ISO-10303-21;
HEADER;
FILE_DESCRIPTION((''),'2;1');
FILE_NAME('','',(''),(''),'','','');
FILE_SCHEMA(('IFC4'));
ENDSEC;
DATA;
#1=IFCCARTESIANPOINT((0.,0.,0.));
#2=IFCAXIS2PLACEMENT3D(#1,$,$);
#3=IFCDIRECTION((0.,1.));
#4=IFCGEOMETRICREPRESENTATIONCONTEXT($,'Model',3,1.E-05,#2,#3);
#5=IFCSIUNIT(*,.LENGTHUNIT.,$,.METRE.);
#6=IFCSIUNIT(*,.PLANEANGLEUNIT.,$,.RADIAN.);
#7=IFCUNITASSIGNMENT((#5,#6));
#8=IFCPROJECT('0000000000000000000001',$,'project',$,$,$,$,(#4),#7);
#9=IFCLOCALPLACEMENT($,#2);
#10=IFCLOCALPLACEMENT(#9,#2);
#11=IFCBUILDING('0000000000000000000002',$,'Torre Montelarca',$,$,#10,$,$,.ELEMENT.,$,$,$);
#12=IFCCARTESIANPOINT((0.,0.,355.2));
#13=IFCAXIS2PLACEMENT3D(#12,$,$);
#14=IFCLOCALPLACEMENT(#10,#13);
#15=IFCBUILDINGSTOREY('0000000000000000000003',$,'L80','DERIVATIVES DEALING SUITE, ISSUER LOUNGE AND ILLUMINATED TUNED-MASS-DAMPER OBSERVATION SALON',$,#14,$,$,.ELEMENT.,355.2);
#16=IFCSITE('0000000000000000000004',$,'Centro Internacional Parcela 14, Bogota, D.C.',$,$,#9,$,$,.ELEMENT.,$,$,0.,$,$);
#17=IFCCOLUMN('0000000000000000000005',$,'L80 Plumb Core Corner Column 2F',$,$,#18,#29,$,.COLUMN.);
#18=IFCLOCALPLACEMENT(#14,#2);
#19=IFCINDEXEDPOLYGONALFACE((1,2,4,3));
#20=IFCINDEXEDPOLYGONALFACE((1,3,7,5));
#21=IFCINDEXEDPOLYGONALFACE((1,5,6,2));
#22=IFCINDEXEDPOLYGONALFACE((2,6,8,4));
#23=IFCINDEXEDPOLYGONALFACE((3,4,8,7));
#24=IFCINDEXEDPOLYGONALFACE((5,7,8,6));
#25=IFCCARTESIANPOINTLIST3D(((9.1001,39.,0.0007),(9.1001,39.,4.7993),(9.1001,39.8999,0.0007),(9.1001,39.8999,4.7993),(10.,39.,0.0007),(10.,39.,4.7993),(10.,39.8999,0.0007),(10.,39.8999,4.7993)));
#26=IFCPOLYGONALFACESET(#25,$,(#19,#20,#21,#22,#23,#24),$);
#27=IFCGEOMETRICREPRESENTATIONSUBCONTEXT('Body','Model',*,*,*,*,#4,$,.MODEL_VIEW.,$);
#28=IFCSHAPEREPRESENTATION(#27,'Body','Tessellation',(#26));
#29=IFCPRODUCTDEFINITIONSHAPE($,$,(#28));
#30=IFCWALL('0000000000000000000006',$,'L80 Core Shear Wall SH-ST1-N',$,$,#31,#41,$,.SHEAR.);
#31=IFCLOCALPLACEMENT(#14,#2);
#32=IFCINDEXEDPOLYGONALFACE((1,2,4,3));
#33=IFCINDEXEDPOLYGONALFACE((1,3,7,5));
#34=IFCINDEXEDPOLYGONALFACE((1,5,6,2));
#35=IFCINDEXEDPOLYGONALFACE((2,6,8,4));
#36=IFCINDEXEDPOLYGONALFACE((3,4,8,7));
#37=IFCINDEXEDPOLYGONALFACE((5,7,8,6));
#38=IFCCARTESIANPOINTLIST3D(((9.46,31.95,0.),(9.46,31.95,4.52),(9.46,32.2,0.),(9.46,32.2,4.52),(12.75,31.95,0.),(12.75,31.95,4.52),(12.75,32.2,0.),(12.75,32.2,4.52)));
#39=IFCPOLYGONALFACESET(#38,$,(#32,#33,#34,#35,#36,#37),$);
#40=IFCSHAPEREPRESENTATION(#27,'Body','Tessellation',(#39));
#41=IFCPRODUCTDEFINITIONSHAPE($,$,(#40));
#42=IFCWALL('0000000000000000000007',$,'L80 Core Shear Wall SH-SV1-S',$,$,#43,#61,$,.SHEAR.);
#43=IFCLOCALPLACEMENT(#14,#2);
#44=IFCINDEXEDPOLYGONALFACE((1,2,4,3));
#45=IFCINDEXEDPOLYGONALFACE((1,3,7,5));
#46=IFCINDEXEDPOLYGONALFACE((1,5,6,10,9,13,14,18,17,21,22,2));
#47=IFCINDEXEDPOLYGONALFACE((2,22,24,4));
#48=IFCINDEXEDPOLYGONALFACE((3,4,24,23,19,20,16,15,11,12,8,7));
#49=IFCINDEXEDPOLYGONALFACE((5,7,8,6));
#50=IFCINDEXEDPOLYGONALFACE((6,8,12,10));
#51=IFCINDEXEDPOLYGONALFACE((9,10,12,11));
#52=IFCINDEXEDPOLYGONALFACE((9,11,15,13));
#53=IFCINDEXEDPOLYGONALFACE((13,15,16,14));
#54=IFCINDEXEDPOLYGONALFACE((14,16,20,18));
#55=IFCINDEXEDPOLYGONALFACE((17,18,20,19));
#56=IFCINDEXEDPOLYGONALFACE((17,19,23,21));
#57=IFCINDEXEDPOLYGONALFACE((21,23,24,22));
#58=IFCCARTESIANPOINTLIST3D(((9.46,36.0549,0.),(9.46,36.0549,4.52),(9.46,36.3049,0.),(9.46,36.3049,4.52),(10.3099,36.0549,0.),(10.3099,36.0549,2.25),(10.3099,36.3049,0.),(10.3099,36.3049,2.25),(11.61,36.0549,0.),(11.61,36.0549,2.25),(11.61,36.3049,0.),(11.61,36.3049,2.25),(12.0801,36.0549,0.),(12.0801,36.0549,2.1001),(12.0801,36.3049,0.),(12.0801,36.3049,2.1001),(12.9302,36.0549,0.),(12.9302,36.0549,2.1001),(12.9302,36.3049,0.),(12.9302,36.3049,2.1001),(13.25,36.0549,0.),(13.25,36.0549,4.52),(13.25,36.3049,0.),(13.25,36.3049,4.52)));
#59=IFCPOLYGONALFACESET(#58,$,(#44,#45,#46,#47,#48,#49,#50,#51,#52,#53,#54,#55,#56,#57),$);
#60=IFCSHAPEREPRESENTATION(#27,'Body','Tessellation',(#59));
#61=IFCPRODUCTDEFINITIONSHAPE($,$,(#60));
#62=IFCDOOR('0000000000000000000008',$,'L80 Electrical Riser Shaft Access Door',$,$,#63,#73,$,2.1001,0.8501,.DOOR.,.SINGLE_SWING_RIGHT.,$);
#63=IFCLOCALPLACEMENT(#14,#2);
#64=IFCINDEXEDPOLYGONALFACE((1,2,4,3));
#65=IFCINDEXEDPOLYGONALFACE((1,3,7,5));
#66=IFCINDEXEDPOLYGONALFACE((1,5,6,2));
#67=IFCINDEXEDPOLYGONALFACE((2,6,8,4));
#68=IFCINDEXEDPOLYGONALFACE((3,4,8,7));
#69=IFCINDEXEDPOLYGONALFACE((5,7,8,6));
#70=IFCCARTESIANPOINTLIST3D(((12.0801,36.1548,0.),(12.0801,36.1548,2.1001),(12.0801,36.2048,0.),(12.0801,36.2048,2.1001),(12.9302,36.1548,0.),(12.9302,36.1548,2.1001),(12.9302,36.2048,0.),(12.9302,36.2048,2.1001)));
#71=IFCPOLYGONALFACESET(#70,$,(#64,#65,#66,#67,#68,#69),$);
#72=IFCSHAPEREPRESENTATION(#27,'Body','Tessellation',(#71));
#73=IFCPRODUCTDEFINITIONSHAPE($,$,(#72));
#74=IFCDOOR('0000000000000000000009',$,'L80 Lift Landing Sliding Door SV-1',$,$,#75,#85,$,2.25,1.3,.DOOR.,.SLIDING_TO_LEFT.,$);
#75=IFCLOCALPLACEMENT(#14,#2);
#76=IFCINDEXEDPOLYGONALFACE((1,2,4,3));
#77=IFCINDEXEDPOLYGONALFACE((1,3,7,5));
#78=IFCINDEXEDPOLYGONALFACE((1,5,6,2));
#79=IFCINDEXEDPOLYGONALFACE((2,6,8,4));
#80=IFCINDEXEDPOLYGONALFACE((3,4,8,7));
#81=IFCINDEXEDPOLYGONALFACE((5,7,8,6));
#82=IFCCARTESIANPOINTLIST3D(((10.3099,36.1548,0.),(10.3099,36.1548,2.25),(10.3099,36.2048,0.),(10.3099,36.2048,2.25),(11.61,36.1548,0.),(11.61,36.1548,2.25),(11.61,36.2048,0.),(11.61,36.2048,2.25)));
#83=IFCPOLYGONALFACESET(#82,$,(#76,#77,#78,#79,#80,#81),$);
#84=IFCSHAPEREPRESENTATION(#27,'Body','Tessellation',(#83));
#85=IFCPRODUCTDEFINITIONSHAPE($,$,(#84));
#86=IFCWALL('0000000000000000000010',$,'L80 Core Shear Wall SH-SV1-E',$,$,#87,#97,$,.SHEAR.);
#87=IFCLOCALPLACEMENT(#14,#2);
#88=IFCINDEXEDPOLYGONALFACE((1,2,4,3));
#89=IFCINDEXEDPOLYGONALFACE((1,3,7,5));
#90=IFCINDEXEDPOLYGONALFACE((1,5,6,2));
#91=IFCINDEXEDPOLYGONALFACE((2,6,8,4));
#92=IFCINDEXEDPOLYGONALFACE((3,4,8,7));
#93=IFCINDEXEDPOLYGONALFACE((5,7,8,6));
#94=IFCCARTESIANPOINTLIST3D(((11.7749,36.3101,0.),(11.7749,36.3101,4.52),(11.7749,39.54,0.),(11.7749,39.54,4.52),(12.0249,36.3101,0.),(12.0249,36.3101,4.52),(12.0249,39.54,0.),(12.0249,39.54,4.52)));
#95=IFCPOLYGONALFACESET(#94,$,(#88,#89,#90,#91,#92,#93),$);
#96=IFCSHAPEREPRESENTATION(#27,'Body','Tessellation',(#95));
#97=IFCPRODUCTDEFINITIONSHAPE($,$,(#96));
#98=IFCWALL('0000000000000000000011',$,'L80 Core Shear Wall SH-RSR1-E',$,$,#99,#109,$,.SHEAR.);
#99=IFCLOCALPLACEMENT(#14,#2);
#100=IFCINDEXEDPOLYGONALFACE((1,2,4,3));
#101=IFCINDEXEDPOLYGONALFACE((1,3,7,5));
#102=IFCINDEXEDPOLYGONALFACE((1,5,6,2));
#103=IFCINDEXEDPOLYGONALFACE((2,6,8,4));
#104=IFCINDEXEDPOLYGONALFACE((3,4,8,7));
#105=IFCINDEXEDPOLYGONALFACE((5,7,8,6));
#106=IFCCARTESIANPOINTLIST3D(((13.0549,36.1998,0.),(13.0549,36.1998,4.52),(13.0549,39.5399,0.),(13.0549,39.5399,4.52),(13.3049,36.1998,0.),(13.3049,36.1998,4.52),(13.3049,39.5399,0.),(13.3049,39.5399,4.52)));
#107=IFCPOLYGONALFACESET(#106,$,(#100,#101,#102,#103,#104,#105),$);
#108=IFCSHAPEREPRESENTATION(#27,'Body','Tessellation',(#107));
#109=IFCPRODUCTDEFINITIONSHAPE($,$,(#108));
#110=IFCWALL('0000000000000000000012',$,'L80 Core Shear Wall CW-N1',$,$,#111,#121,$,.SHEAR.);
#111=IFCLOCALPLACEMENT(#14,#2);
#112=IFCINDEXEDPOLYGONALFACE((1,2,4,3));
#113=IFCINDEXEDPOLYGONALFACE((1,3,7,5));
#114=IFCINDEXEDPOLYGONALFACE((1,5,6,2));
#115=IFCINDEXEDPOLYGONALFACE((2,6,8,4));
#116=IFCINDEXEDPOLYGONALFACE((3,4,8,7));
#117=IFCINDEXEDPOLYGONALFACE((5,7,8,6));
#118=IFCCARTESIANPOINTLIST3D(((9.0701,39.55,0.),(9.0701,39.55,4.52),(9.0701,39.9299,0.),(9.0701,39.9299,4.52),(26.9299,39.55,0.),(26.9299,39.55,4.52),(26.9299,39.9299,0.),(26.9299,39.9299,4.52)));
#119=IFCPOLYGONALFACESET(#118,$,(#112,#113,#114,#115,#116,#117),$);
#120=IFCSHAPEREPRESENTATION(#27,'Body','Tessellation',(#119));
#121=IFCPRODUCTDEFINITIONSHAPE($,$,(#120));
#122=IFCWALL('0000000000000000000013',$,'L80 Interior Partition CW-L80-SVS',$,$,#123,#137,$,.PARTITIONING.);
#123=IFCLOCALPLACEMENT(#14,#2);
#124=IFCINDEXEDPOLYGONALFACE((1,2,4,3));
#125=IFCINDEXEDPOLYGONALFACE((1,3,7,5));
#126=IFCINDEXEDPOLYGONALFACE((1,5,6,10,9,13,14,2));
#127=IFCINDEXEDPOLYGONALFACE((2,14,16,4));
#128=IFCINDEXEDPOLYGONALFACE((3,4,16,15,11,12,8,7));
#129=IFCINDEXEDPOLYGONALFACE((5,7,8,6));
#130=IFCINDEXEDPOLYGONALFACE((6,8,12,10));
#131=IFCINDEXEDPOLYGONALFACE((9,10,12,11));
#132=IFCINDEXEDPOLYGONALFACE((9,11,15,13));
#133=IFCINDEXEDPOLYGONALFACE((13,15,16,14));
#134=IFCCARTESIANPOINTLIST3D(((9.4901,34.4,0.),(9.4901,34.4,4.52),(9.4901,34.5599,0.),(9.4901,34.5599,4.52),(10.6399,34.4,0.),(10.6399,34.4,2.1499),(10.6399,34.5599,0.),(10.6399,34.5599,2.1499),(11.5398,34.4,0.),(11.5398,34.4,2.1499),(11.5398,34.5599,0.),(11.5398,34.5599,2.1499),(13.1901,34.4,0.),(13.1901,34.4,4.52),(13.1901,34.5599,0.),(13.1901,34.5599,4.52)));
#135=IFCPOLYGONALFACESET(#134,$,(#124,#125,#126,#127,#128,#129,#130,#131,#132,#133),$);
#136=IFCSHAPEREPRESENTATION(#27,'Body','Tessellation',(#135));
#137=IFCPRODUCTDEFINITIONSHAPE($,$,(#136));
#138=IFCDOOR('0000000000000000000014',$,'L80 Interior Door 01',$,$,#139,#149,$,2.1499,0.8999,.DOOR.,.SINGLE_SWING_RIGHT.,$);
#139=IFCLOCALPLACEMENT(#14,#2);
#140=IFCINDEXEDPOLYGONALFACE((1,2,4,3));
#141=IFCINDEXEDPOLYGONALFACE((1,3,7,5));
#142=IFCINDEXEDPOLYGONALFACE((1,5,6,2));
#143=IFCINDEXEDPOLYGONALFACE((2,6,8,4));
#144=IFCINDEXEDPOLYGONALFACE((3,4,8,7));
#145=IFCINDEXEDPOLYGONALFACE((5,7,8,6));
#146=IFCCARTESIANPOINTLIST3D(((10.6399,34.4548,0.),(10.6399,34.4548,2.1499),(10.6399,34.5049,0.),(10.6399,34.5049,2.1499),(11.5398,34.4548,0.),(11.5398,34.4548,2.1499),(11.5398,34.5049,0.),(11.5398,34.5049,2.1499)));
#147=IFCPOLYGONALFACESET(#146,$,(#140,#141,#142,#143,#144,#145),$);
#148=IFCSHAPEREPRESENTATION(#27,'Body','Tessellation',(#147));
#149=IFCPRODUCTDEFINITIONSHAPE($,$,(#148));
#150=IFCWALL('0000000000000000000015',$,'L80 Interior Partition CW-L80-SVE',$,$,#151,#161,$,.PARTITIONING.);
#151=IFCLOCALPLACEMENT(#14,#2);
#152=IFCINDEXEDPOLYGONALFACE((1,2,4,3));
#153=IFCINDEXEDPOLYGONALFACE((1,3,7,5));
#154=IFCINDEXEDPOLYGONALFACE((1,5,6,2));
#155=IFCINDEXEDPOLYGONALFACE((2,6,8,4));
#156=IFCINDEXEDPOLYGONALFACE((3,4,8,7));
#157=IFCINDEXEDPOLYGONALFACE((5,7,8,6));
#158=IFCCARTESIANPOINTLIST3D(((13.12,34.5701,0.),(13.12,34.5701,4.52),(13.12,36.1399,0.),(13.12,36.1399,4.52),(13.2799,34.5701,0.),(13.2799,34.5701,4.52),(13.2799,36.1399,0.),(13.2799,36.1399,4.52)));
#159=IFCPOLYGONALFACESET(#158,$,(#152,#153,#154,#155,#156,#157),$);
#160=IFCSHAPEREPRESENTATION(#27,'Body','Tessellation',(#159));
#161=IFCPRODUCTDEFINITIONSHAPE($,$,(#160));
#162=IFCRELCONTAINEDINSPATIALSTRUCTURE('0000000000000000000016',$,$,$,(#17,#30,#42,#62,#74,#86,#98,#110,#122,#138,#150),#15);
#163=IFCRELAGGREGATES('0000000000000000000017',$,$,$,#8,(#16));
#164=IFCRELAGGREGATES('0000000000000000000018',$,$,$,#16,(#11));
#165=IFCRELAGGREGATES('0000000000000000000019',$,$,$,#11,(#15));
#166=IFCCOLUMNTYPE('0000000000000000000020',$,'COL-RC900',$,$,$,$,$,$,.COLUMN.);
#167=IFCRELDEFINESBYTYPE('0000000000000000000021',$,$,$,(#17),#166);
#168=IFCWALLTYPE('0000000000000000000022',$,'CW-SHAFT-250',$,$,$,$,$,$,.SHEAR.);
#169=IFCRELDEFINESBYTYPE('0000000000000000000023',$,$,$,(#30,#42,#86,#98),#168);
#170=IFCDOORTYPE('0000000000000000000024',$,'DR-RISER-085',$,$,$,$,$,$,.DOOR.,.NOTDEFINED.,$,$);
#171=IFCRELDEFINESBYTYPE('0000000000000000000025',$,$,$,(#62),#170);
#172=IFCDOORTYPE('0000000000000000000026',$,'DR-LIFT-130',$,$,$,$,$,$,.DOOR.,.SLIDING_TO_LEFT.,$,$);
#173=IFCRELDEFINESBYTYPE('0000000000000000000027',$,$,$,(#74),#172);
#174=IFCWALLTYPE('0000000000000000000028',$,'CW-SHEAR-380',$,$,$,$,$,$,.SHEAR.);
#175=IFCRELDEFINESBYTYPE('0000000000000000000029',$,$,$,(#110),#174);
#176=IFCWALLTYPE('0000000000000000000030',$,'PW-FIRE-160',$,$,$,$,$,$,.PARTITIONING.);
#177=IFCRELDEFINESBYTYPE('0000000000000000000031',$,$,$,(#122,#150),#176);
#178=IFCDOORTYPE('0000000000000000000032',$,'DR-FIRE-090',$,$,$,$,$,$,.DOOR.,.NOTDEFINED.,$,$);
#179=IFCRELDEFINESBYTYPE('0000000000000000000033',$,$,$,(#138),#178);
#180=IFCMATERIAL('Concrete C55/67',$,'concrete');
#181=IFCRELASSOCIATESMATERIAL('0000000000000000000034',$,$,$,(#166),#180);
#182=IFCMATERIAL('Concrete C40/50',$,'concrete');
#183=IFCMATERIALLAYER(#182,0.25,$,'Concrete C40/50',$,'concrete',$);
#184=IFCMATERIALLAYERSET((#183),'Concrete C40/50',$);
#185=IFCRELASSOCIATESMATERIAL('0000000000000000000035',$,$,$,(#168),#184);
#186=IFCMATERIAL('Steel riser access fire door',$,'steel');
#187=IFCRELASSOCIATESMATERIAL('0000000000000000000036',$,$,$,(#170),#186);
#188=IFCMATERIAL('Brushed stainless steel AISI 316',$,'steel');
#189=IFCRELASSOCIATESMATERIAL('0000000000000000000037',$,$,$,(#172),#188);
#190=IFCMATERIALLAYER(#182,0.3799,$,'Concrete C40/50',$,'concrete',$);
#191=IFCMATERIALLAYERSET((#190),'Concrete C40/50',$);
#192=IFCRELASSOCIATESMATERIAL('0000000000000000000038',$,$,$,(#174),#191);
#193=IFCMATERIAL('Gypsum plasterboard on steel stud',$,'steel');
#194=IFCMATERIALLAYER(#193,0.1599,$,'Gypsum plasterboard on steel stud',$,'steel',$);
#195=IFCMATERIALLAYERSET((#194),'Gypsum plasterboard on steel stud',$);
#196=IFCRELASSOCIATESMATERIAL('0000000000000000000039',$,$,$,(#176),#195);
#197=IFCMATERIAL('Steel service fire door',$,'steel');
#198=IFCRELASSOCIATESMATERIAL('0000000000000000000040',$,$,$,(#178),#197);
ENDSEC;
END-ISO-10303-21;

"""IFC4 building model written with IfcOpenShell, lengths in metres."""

from ifc_helpers import new_model, si_unit, direction, frame, frame_2d, origin, origin_2d, place, context, subcontext, project, spatial, rectangle, extrude, source, transform, mapped, material, layer, layer_set, material_profile, profile_set, type_object, element, fill, save


model = new_model("IFC4")

# Units and contexts
model_context = context("Model", 3, precision=1e-05, world=origin(), true_north=direction((0.0, 1.0)))
body_context = subcontext(model_context, "Body", "Model", "MODEL_VIEW")
ifc_project = project(units=[si_unit("LENGTHUNIT", "METRE"), si_unit("PLANEANGLEUNIT", "RADIAN")], contexts=[model_context])

# Site, building, storey
site_placement = place(None, origin())
site = spatial("IfcSite", under=ifc_project, at=site_placement, Name="Centro Internacional Parcela 14, Bogota, D.C.", CompositionType="ELEMENT", RefElevation=0.0)
building_placement = place(site_placement, origin())
building = spatial("IfcBuilding", under=site, at=building_placement, Name="Torre Montelarca", CompositionType="ELEMENT")
storey_placement = place(building_placement, frame((0.0, 0.0, 355.2)))
storey = spatial("IfcBuildingStorey", under=building, at=storey_placement, Name="L80", Description="DERIVATIVES DEALING SUITE, ISSUER LOUNGE AND ILLUMINATED TUNED-MASS-DAMPER OBSERVATION SALON", CompositionType="ELEMENT", Elevation=355.2)

# Column
ifc_material_1 = material(Name="Concrete C55/67", Category="concrete")
ifc_material_profile = material_profile(ifc_material_1, rectangle(XDim=0.8999, YDim=0.8999, at=origin_2d()), Name="RC900X900", Category="concrete")
ifc_profile_set = profile_set([ifc_material_profile], Name="Concrete C55/67")
column_type = type_object("IfcColumnType", Name="COL-RC900", PredefinedType="COLUMN", material=ifc_profile_set)
shared_shape_1 = source(origin(), body_context, "Body", "SweptSolid", [
    extrude(rectangle(XDim=0.8999, YDim=0.8999, at=origin_2d()), origin(), (0.0, 0.0, 1.0), 4.7986),
])
column_placement = place(storey_placement, frame((9.55, 39.45, 0.0007), z_axis=(0.0, 0.0, 1.0), x_axis=(1.0, 0.0, 0.0)))
element("IfcColumn", 1, at=column_placement, inside=storey, type_object=column_type, Name="L80 Plumb Core Corner Column 2F", PredefinedType="COLUMN", context=body_context, shape_type="MappedRepresentation", body=[
    mapped(shared_shape_1, transform((0.0, 0.0, 0.0), scale=1.0)),
])

# Wall
ifc_material_2 = material(Name="Concrete C40/50", Category="concrete")
ifc_layer_1 = layer(ifc_material_2, 0.25, Name="Concrete C40/50", Category="concrete")
ifc_layer_set_1 = layer_set([ifc_layer_1], Name="Concrete C40/50")
wall_type_1 = type_object("IfcWallType", Name="CW-SHAFT-250", PredefinedType="SHEAR", material=ifc_layer_set_1)
wall_1_placement = place(storey_placement, frame((9.46, 32.075, 0.0), z_axis=(0.0, 0.0, 1.0), x_axis=(1.0, 0.0, 0.0)))
element("IfcWall", 2, at=wall_1_placement, inside=storey, type_object=wall_type_1, Name="L80 Core Shear Wall SH-ST1-N", PredefinedType="SHEAR", context=body_context, shape_type="SweptSolid", body=[
    extrude(rectangle(XDim=3.29, YDim=0.25, at=frame_2d((1.645, 0.0))), origin(), (0.0, 0.0, 1.0), 4.52),
])

# Wall, openings, doors
wall_2_placement = place(storey_placement, frame((9.46, 36.1799, 0.0), z_axis=(0.0, 0.0, 1.0), x_axis=(1.0, 0.0, 0.0)))
wall_2 = element("IfcWall", 3, at=wall_2_placement, inside=storey, type_object=wall_type_1, Name="L80 Core Shear Wall SH-SV1-S", PredefinedType="SHEAR", context=body_context, shape_type="SweptSolid", body=[
    extrude(rectangle(XDim=3.79, YDim=0.25, at=frame_2d((1.895, 0.0))), origin(), (0.0, 0.0, 1.0), 4.52),
])
opening_1_placement = place(wall_2_placement, frame((2.6201, 0.0, 0.0)))
opening_1 = element("IfcOpeningElement", 4, at=opening_1_placement, cuts=wall_2, PredefinedType="OPENING", context=body_context, shape_type="SweptSolid", body=[
    extrude(rectangle(XDim=0.8501, YDim=2.1001, at=frame_2d((0.425, 1.05))), frame((0.0, 0.135, 0.0), z_axis=(0.0, -1.0, 0.0), x_axis=(1.0, 0.0, 0.0)), (0.0, 0.0, 1.0), 0.27),
])
opening_2_placement = place(wall_2_placement, frame((0.8501, 0.0, 0.0)))
opening_2 = element("IfcOpeningElement", 5, at=opening_2_placement, cuts=wall_2, PredefinedType="OPENING", context=body_context, shape_type="SweptSolid", body=[
    extrude(rectangle(XDim=1.3, YDim=2.25, at=frame_2d((0.6499, 1.125))), frame((0.0, 0.135, 0.0), z_axis=(0.0, -1.0, 0.0), x_axis=(1.0, 0.0, 0.0)), (0.0, 0.0, 1.0), 0.27),
])
ifc_material_3 = material(Name="Steel riser access fire door", Category="steel")
door_type_1 = type_object("IfcDoorType", Name="DR-RISER-085", OperationType="NOTDEFINED", PredefinedType="DOOR", material=ifc_material_3)
shared_shape_2 = source(origin(), body_context, "Body", "SweptSolid", [
    extrude(rectangle(XDim=0.8501, YDim=2.1001, at=frame_2d((0.425, 1.05))), frame((0.0, 0.0249, 0.0), z_axis=(0.0, -1.0, 0.0), x_axis=(1.0, 0.0, 0.0)), (0.0, 0.0, 1.0), 0.05),
])
door_1_placement = place(opening_1_placement, origin())
door_1 = element("IfcDoor", 6, at=door_1_placement, inside=storey, type_object=door_type_1, Name="L80 Electrical Riser Shaft Access Door", OperationType="SINGLE_SWING_RIGHT", OverallHeight=2.1001, OverallWidth=0.8501, PredefinedType="DOOR", context=body_context, shape_type="MappedRepresentation", body=[
    mapped(shared_shape_2, transform((0.0, 0.0, 0.0), scale=1.0)),
])
fill(opening_1, door_1)
ifc_material_4 = material(Name="Brushed stainless steel AISI 316", Category="steel")
door_type_2 = type_object("IfcDoorType", Name="DR-LIFT-130", OperationType="SLIDING_TO_LEFT", PredefinedType="DOOR", material=ifc_material_4)
shared_shape_3 = source(origin(), body_context, "Body", "SweptSolid", [
    extrude(rectangle(XDim=1.3, YDim=2.25, at=frame_2d((0.6499, 1.125))), frame((0.0, 0.0249, 0.0), z_axis=(0.0, -1.0, 0.0), x_axis=(1.0, 0.0, 0.0)), (0.0, 0.0, 1.0), 0.05),
])
door_2_placement = place(opening_2_placement, origin())
door_2 = element("IfcDoor", 7, at=door_2_placement, inside=storey, type_object=door_type_2, Name="L80 Lift Landing Sliding Door SV-1", OperationType="SLIDING_TO_LEFT", OverallHeight=2.25, OverallWidth=1.3, PredefinedType="DOOR", context=body_context, shape_type="MappedRepresentation", body=[
    mapped(shared_shape_3, transform((0.0, 0.0, 0.0), scale=1.0)),
])
fill(opening_2, door_2)

# Walls
wall_3_placement = place(storey_placement, frame((11.8999, 36.3101, 0.0), z_axis=(0.0, 0.0, 1.0), x_axis=(0.0, 1.0, 0.0)))
element("IfcWall", 8, at=wall_3_placement, inside=storey, type_object=wall_type_1, Name="L80 Core Shear Wall SH-SV1-E", PredefinedType="SHEAR", context=body_context, shape_type="SweptSolid", body=[
    extrude(rectangle(XDim=3.23, YDim=0.25, at=frame_2d((1.615, 0.0))), origin(), (0.0, 0.0, 1.0), 4.52),
])
wall_4_placement = place(storey_placement, frame((13.1799, 36.2, 0.0), z_axis=(0.0, 0.0, 1.0), x_axis=(0.0, 1.0, 0.0)))
element("IfcWall", 9, at=wall_4_placement, inside=storey, type_object=wall_type_1, Name="L80 Core Shear Wall SH-RSR1-E", PredefinedType="SHEAR", context=body_context, shape_type="SweptSolid", body=[
    extrude(rectangle(XDim=3.3401, YDim=0.25, at=frame_2d((1.6699, 0.0))), origin(), (0.0, 0.0, 1.0), 4.52),
])
ifc_layer_2 = layer(ifc_material_2, 0.3799, Name="Concrete C40/50", Category="concrete")
ifc_layer_set_2 = layer_set([ifc_layer_2], Name="Concrete C40/50")
wall_type_2 = type_object("IfcWallType", Name="CW-SHEAR-380", PredefinedType="SHEAR", material=ifc_layer_set_2)
wall_5_placement = place(storey_placement, frame((9.0701, 39.74, 0.0), z_axis=(0.0, 0.0, 1.0), x_axis=(1.0, 0.0, 0.0)))
element("IfcWall", 10, at=wall_5_placement, inside=storey, type_object=wall_type_2, Name="L80 Core Shear Wall CW-N1", PredefinedType="SHEAR", context=body_context, shape_type="SweptSolid", body=[
    extrude(rectangle(XDim=17.8599, YDim=0.3799, at=frame_2d((8.9299, 0.0))), origin(), (0.0, 0.0, 1.0), 4.52),
])

# Wall, opening, door
ifc_material_5 = material(Name="Gypsum plasterboard on steel stud", Category="steel")
ifc_layer_3 = layer(ifc_material_5, 0.1599, Name="Gypsum plasterboard on steel stud", Category="steel")
ifc_layer_set_3 = layer_set([ifc_layer_3], Name="Gypsum plasterboard on steel stud")
wall_type_3 = type_object("IfcWallType", Name="PW-FIRE-160", PredefinedType="PARTITIONING", material=ifc_layer_set_3)
wall_6_placement = place(storey_placement, frame((9.49, 34.48, 0.0), z_axis=(0.0, 0.0, 1.0), x_axis=(1.0, 0.0, 0.0)))
wall_6 = element("IfcWall", 11, at=wall_6_placement, inside=storey, type_object=wall_type_3, Name="L80 Interior Partition CW-L80-SVS", PredefinedType="PARTITIONING", context=body_context, shape_type="SweptSolid", body=[
    extrude(rectangle(XDim=3.7, YDim=0.1599, at=frame_2d((1.8501, 0.0))), origin(), (0.0, 0.0, 1.0), 4.52),
])
opening_3_placement = place(wall_6_placement, frame((1.1499, 0.0, 0.0)))
opening_3 = element("IfcOpeningElement", 12, at=opening_3_placement, cuts=wall_6, PredefinedType="OPENING", context=body_context, shape_type="SweptSolid", body=[
    extrude(rectangle(XDim=0.8999, YDim=2.1499, at=frame_2d((0.45, 1.075))), frame((0.0, 0.0898, 0.0), z_axis=(0.0, -1.0, 0.0), x_axis=(1.0, 0.0, 0.0)), (0.0, 0.0, 1.0), 0.1799),
])
ifc_material_6 = material(Name="Steel service fire door", Category="steel")
door_type_3 = type_object("IfcDoorType", Name="DR-FIRE-090", OperationType="NOTDEFINED", PredefinedType="DOOR", material=ifc_material_6)
shared_shape_4 = source(origin(), body_context, "Body", "SweptSolid", [
    extrude(rectangle(XDim=0.8999, YDim=2.1499, at=frame_2d((0.45, 1.075))), frame((0.0, 0.0249, 0.0), z_axis=(0.0, -1.0, 0.0), x_axis=(1.0, 0.0, 0.0)), (0.0, 0.0, 1.0), 0.05),
])
door_3_placement = place(opening_3_placement, origin())
door_3 = element("IfcDoor", 13, at=door_3_placement, inside=storey, type_object=door_type_3, Name="L80 Interior Door 01", OperationType="SINGLE_SWING_RIGHT", OverallHeight=2.1499, OverallWidth=0.8999, PredefinedType="DOOR", context=body_context, shape_type="MappedRepresentation", body=[
    mapped(shared_shape_4, transform((0.0, 0.0, 0.0), scale=1.0)),
])
fill(opening_3, door_3)

# Wall
wall_7_placement = place(storey_placement, frame((13.2, 34.5701, 0.0), z_axis=(0.0, 0.0, 1.0), x_axis=(0.0, 1.0, 0.0)))
element("IfcWall", 14, at=wall_7_placement, inside=storey, type_object=wall_type_3, Name="L80 Interior Partition CW-L80-SVE", PredefinedType="PARTITIONING", context=body_context, shape_type="SweptSolid", body=[
    extrude(rectangle(XDim=1.5698, YDim=0.1599, at=frame_2d((0.7849, 0.0))), origin(), (0.0, 0.0, 1.0), 4.52),
])

save(model, "model.ifc")
